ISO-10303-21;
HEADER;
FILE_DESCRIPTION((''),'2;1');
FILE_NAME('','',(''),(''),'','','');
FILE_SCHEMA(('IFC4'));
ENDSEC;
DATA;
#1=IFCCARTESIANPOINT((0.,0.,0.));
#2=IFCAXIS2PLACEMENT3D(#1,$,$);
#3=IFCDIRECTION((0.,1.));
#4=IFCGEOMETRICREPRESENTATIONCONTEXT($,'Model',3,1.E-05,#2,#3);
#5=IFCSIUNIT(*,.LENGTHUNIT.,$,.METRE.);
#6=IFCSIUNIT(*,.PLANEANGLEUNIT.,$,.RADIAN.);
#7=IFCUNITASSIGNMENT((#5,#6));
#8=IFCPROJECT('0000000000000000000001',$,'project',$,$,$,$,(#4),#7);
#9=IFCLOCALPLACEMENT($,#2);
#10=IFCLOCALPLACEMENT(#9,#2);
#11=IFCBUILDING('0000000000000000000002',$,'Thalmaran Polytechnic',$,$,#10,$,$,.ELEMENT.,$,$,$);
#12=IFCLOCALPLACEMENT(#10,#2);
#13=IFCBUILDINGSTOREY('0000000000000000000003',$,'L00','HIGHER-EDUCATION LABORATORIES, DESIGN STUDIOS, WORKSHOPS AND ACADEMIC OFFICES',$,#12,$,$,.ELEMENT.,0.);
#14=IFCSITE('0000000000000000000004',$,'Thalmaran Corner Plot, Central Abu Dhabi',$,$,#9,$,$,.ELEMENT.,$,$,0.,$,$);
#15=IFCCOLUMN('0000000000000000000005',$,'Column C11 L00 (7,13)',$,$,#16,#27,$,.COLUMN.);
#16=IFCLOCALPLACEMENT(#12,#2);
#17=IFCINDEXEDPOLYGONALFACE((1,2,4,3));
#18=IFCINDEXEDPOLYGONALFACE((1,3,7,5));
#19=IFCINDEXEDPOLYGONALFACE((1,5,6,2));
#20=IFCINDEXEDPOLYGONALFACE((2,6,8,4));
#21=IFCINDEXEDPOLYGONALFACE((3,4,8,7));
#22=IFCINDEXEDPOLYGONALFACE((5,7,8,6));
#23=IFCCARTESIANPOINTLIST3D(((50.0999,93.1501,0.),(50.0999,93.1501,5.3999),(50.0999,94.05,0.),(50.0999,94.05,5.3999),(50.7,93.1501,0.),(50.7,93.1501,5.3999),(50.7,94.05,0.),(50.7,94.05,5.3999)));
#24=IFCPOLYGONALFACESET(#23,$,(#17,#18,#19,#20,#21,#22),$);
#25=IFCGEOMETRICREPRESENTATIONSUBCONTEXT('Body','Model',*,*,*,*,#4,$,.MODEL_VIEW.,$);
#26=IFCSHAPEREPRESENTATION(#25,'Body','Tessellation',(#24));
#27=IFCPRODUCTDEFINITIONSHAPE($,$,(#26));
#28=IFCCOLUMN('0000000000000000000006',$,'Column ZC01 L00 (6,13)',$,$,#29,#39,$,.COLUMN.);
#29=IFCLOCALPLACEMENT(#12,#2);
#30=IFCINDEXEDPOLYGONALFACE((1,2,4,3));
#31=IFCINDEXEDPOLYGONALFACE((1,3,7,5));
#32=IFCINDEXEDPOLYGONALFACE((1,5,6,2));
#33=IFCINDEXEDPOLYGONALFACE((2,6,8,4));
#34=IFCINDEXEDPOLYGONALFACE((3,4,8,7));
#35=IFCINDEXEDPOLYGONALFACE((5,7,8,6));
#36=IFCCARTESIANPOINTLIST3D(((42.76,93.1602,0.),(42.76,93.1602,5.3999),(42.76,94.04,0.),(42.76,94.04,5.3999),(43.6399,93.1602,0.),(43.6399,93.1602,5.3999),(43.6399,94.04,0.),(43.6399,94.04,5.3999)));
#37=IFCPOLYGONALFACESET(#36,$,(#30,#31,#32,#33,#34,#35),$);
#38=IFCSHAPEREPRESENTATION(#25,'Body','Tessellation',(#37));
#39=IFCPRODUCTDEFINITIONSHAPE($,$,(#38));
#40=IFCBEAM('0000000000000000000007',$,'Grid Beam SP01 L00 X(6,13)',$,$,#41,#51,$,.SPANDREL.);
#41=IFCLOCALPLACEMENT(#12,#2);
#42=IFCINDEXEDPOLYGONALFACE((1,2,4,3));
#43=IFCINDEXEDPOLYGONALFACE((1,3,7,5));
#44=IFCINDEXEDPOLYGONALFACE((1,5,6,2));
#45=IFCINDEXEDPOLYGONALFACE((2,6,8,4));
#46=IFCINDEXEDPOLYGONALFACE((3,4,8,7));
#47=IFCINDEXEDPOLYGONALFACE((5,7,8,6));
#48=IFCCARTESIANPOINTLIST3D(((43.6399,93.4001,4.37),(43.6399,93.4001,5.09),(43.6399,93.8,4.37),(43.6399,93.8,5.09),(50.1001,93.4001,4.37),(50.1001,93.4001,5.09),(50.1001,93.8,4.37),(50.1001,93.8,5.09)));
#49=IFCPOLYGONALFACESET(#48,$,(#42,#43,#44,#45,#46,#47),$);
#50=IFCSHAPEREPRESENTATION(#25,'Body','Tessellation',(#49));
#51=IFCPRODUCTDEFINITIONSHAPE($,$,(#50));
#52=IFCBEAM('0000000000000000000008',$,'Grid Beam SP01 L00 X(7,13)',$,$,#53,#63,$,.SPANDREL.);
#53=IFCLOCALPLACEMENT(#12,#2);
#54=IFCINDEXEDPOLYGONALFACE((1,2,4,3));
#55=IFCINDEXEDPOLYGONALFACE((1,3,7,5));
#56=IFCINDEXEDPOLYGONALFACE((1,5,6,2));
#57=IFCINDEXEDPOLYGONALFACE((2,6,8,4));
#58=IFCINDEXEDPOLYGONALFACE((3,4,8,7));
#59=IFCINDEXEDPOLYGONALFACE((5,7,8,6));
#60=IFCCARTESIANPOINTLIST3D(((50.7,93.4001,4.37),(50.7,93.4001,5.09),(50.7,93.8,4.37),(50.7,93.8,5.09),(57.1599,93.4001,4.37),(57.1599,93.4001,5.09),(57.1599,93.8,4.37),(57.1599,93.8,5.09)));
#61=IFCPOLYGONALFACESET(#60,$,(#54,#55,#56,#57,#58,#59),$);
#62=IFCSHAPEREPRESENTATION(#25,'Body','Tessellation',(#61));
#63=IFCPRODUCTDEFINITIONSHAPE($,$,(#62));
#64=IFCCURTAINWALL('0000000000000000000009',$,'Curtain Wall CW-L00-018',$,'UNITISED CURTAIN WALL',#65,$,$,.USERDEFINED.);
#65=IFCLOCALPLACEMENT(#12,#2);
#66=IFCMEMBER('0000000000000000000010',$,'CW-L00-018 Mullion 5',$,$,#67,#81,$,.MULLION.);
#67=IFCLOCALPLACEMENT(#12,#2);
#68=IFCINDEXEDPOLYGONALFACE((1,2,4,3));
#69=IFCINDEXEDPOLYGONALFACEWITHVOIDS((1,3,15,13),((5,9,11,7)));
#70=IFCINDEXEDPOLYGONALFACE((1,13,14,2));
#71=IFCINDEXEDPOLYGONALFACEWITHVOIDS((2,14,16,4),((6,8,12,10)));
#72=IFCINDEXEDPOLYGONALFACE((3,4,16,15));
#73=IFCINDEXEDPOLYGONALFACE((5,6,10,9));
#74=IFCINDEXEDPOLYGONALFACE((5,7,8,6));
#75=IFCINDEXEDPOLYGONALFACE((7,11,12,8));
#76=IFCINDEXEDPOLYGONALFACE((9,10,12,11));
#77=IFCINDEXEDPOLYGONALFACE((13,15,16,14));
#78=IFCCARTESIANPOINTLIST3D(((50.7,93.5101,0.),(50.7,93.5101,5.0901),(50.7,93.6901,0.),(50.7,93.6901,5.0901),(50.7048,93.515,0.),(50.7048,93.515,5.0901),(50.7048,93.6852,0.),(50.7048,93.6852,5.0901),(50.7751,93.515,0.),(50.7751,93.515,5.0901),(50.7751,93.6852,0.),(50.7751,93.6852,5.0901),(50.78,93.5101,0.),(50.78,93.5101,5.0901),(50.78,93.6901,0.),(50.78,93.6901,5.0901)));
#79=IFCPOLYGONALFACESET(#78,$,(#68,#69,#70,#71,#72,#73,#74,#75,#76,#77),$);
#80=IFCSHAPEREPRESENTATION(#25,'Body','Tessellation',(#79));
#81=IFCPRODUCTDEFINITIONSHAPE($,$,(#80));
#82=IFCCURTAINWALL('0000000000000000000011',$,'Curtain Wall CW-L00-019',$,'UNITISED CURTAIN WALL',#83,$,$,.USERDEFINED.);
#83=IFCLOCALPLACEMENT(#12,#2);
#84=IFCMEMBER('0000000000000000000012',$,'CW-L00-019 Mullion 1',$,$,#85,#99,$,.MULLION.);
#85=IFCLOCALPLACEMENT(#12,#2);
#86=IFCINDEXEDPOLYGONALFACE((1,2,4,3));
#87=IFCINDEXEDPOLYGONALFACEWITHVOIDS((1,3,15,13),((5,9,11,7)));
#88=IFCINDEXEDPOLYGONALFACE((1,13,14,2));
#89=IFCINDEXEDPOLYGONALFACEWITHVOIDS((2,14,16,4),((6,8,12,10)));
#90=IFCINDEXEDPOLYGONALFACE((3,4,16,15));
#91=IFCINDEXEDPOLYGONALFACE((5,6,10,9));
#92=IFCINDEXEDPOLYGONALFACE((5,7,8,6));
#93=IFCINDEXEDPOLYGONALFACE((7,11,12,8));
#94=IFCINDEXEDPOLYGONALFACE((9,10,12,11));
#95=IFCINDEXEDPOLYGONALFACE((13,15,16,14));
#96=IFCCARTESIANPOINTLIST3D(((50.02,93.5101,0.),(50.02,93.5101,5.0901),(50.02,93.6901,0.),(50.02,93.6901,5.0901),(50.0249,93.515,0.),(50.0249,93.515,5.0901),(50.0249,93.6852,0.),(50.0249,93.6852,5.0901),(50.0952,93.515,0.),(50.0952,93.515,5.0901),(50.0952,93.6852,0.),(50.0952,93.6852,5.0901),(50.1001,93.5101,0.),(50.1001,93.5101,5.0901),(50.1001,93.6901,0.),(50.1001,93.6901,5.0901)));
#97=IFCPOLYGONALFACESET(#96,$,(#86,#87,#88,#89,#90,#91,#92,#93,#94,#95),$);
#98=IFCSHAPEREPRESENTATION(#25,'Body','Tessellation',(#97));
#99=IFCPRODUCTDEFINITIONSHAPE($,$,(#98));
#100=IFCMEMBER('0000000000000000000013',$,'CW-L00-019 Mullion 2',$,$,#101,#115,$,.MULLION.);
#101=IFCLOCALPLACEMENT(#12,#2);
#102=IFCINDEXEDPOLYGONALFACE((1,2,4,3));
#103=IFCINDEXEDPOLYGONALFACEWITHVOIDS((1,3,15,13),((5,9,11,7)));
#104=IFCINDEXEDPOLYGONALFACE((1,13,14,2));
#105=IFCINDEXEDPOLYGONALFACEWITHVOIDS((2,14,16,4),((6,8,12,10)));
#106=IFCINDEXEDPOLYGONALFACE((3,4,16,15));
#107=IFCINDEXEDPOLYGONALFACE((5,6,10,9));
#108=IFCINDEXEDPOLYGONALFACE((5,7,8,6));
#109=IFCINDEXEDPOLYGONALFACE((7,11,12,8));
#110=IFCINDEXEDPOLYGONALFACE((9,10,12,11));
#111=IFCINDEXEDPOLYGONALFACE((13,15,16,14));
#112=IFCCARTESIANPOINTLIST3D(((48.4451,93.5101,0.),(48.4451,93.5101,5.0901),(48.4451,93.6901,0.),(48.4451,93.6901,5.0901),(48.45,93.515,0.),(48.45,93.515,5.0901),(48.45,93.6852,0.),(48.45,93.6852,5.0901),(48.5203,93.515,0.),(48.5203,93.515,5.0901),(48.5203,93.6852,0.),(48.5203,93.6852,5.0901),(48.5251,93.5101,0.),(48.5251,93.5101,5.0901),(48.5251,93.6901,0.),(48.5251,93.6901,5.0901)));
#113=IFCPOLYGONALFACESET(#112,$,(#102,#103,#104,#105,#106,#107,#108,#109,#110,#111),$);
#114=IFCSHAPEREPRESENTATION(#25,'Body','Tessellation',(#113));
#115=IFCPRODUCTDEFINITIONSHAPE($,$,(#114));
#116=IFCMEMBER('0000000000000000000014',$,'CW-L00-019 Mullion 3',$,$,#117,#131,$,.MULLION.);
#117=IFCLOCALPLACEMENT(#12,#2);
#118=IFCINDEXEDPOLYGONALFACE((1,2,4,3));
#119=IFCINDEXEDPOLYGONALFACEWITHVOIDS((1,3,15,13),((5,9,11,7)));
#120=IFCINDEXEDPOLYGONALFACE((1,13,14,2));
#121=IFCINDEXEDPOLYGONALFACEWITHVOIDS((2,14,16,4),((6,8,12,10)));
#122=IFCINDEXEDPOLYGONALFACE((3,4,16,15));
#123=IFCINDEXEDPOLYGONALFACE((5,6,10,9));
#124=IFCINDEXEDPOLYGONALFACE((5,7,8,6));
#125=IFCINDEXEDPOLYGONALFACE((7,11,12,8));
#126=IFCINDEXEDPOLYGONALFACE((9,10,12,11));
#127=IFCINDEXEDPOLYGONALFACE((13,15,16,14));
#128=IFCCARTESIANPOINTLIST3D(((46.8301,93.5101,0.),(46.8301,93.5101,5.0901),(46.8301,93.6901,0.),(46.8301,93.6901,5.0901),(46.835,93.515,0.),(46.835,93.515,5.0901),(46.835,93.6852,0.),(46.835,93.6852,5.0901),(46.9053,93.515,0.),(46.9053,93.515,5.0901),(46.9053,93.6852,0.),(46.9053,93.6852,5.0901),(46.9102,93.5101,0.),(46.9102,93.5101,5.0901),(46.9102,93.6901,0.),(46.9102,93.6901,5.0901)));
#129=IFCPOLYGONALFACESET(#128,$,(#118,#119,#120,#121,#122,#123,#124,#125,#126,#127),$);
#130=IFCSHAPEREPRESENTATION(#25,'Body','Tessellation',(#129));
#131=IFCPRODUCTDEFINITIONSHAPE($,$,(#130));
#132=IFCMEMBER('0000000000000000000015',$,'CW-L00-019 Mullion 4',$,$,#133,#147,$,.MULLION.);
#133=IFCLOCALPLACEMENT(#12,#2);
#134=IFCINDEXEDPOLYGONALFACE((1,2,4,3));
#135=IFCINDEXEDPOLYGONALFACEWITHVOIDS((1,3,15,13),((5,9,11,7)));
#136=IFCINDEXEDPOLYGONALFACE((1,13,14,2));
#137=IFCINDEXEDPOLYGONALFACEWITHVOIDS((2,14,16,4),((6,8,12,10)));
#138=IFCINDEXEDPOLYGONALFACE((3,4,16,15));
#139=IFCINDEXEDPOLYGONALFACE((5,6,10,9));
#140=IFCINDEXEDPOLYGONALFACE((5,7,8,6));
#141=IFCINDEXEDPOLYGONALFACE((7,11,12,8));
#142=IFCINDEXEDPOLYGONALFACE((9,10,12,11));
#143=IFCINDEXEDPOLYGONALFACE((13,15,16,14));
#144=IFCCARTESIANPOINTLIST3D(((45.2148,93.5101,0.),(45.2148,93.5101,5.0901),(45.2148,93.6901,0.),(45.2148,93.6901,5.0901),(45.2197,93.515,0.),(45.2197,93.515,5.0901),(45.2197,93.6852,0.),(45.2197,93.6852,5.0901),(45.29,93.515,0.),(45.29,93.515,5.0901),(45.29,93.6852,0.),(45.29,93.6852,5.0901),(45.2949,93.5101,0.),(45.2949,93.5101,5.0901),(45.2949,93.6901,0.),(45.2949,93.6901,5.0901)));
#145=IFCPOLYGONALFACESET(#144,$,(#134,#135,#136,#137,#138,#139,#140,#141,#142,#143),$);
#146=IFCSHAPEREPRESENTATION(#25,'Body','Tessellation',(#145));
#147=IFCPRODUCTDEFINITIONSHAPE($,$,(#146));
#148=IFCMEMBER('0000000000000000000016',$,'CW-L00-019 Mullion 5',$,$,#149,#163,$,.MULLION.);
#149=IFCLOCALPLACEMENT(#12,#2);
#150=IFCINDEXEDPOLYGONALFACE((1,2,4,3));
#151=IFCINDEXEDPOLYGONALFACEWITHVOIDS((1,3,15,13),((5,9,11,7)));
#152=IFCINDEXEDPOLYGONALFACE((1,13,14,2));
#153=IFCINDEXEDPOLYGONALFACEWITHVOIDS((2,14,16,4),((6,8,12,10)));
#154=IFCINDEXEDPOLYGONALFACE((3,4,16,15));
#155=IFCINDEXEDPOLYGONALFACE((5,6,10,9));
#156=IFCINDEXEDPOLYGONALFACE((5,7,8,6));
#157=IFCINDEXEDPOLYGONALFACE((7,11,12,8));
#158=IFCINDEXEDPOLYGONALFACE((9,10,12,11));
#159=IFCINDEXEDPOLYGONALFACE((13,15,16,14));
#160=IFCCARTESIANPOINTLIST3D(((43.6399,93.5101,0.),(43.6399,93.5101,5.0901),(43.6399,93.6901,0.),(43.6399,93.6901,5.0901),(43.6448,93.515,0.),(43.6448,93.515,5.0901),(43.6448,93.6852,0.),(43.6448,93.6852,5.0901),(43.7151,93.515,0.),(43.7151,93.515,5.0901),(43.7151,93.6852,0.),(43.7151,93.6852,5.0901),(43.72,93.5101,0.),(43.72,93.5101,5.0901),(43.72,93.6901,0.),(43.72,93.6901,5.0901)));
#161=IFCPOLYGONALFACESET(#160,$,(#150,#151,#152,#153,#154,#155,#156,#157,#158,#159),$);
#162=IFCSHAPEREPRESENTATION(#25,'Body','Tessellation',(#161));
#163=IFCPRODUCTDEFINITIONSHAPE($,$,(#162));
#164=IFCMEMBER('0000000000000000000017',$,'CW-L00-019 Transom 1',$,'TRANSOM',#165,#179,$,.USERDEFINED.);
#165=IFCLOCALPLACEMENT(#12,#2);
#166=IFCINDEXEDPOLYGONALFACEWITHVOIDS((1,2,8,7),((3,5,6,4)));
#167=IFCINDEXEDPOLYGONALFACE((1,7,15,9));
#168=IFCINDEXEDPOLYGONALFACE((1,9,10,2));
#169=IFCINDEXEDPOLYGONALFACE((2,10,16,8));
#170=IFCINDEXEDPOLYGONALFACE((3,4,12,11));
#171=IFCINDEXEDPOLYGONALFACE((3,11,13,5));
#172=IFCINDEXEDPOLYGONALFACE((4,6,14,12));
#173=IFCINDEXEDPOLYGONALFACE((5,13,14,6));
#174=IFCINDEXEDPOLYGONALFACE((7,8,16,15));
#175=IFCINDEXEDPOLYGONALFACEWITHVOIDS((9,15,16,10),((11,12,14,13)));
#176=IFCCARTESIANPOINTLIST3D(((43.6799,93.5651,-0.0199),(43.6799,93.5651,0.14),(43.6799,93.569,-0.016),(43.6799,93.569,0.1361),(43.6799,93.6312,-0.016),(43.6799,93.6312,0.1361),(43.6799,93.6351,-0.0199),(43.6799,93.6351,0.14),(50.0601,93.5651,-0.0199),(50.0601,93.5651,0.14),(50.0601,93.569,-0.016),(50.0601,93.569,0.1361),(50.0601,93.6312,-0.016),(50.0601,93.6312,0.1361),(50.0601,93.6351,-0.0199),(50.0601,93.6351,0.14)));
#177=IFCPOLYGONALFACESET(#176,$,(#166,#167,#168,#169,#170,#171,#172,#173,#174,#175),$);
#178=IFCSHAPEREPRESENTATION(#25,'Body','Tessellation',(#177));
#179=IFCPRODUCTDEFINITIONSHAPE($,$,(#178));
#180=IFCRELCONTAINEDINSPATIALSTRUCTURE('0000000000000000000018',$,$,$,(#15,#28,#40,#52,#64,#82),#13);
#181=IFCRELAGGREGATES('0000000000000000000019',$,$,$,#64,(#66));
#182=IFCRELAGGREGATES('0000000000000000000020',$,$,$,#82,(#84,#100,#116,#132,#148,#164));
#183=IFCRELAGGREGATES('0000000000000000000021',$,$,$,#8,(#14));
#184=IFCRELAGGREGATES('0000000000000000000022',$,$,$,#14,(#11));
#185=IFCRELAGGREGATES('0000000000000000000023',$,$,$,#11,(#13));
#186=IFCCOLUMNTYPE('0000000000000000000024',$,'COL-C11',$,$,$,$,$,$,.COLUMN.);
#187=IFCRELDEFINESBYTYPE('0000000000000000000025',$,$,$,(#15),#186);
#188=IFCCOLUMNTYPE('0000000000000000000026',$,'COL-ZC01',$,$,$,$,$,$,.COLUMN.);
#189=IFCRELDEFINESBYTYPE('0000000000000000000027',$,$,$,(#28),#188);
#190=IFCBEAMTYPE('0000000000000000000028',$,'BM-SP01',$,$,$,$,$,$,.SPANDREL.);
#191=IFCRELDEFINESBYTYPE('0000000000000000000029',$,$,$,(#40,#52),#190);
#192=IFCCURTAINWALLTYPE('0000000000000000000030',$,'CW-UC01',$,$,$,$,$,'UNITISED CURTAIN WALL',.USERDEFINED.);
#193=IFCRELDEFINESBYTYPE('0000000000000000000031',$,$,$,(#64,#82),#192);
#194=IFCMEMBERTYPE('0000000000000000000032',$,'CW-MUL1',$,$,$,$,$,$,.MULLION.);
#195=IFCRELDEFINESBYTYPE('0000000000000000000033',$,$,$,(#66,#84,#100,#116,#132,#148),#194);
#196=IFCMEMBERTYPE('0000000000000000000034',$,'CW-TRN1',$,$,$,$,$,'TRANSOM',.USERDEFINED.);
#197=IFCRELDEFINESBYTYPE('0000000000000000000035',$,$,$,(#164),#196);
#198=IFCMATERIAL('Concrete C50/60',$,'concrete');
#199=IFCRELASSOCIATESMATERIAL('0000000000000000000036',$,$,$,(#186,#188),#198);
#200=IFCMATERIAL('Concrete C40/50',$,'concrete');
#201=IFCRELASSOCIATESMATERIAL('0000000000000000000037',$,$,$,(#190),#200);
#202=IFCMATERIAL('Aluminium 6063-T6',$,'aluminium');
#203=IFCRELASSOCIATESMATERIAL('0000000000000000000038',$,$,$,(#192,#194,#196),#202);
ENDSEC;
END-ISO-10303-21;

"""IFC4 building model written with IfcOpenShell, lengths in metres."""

from ifc_helpers import new_model, si_unit, direction, frame, origin, origin_2d, place, context, subcontext, project, spatial, rectangle, hollow_rectangle, extrude, material, material_profile, profile_set, type_object, element, aggregate, save


model = new_model("IFC4")

# Units and contexts
model_context = context("Model", 3, precision=1e-05, world=origin(), true_north=direction((0.0, 1.0)))
body_context = subcontext(model_context, "Body", "Model", "MODEL_VIEW")
ifc_project = project(units=[si_unit("LENGTHUNIT", "METRE"), si_unit("PLANEANGLEUNIT", "RADIAN")], contexts=[model_context])

# Site, building, storey
site_placement = place(None, origin())
site = spatial("IfcSite", under=ifc_project, at=site_placement, Name="Thalmaran Corner Plot, Central Abu Dhabi", CompositionType="ELEMENT", RefElevation=0.0)
building_placement = place(site_placement, origin())
building = spatial("IfcBuilding", under=site, at=building_placement, Name="Thalmaran Polytechnic", CompositionType="ELEMENT")
storey_placement = place(building_placement, origin())
storey = spatial("IfcBuildingStorey", under=building, at=storey_placement, Name="L00", Description="HIGHER-EDUCATION LABORATORIES, DESIGN STUDIOS, WORKSHOPS AND ACADEMIC OFFICES", CompositionType="ELEMENT", Elevation=0.0)

# Columns
ifc_material_1 = material(Name="Concrete C50/60", Category="concrete")
ifc_material_profile_1 = material_profile(ifc_material_1, rectangle(XDim=0.6001, YDim=0.8999, at=origin_2d()), Name="RC 600x900")
ifc_profile_set_1 = profile_set([ifc_material_profile_1], Name="Concrete C50/60")
column_type_1 = type_object("IfcColumnType", Name="COL-C11", PredefinedType="COLUMN", material=ifc_profile_set_1)
column_1_placement = place(storey_placement, frame((50.3999, 93.6001, 0.0), z_axis=(0.0, 0.0, 1.0), x_axis=(1.0, 0.0, 0.0)))
element("IfcColumn", 1, at=column_1_placement, inside=storey, type_object=column_type_1, Name="Column C11 L00 (7,13)", PredefinedType="COLUMN", context=body_context, shape_type="SweptSolid", body=[
    extrude(rectangle(XDim=0.6001, YDim=0.8999, at=origin_2d()), origin(), (0.0, 0.0, 1.0), 5.3999),
])
ifc_material_profile_2 = material_profile(ifc_material_1, rectangle(XDim=0.8799, YDim=0.8799, at=origin_2d()), Name="RC 880x880")
ifc_profile_set_2 = profile_set([ifc_material_profile_2], Name="Concrete C50/60")
column_type_2 = type_object("IfcColumnType", Name="COL-ZC01", PredefinedType="COLUMN", material=ifc_profile_set_2)
column_2_placement = place(storey_placement, frame((43.2, 93.6001, 0.0), z_axis=(0.0, 0.0, 1.0), x_axis=(1.0, 0.0, 0.0)))
element("IfcColumn", 2, at=column_2_placement, inside=storey, type_object=column_type_2, Name="Column ZC01 L00 (6,13)", PredefinedType="COLUMN", context=body_context, shape_type="SweptSolid", body=[
    extrude(rectangle(XDim=0.8799, YDim=0.8799, at=origin_2d()), origin(), (0.0, 0.0, 1.0), 5.3999),
])

# Beams
ifc_material_2 = material(Name="Concrete C40/50", Category="concrete")
ifc_material_profile_3 = material_profile(ifc_material_2, rectangle(XDim=0.3999, YDim=0.72, at=origin_2d()), Name="RC 400x720")
ifc_profile_set_3 = profile_set([ifc_material_profile_3], Name="Concrete C40/50")
beam_type = type_object("IfcBeamType", Name="BM-SP01", PredefinedType="SPANDREL", material=ifc_profile_set_3)
beam_1_placement = place(storey_placement, frame((43.6399, 93.6001, 4.73), z_axis=(1.0, 0.0, 0.0), x_axis=(0.0, 1.0, 0.0)))
element("IfcBeam", 3, at=beam_1_placement, inside=storey, type_object=beam_type, Name="Grid Beam SP01 L00 X(6,13)", PredefinedType="SPANDREL", context=body_context, shape_type="SweptSolid", body=[
    extrude(rectangle(XDim=0.3999, YDim=0.72, at=origin_2d()), origin(), (0.0, 0.0, 1.0), 6.4602),
])
beam_2_placement = place(storey_placement, frame((50.7, 93.6001, 4.73), z_axis=(1.0, 0.0, 0.0), x_axis=(0.0, 1.0, 0.0)))
element("IfcBeam", 4, at=beam_2_placement, inside=storey, type_object=beam_type, Name="Grid Beam SP01 L00 X(7,13)", PredefinedType="SPANDREL", context=body_context, shape_type="SweptSolid", body=[
    extrude(rectangle(XDim=0.3999, YDim=0.72, at=origin_2d()), origin(), (0.0, 0.0, 1.0), 6.46),
])

# Curtain wall, member
ifc_material_3 = material(Name="Aluminium 6063-T6", Category="aluminium")
curtain_wall_type = type_object("IfcCurtainWallType", Name="CW-UC01", ElementType="UNITISED CURTAIN WALL", PredefinedType="USERDEFINED", material=ifc_material_3)
curtain_wall_1_placement = place(storey_placement, origin())
curtain_wall_1 = element("IfcCurtainWall", 5, at=curtain_wall_1_placement, inside=storey, type_object=curtain_wall_type, Name="Curtain Wall CW-L00-018", ObjectType="UNITISED CURTAIN WALL", PredefinedType="USERDEFINED")
ifc_material_profile_4 = material_profile(ifc_material_3, hollow_rectangle(XDim=0.0801, YDim=0.1799, WallThickness=0.0049, at=origin_2d()), Name="RHS 180x80x5.0")
ifc_profile_set_4 = profile_set([ifc_material_profile_4], Name="Aluminium 6063-T6")
member_type_1 = type_object("IfcMemberType", Name="CW-MUL1", PredefinedType="MULLION", material=ifc_profile_set_4)
member_1_placement = place(storey_placement, frame((50.74, 93.6001, 0.0), z_axis=(0.0, 0.0, 1.0), x_axis=(1.0, 0.0, 0.0)))
member_1 = element("IfcMember", 6, at=member_1_placement, type_object=member_type_1, Name="CW-L00-018 Mullion 5", PredefinedType="MULLION", context=body_context, shape_type="SweptSolid", body=[
    extrude(hollow_rectangle(XDim=0.0801, YDim=0.1799, WallThickness=0.0049, at=origin_2d()), origin(), (0.0, 0.0, 1.0), 5.0901),
])

# Curtain wall, members
curtain_wall_2_placement = place(storey_placement, origin())
curtain_wall_2 = element("IfcCurtainWall", 7, at=curtain_wall_2_placement, inside=storey, type_object=curtain_wall_type, Name="Curtain Wall CW-L00-019", ObjectType="UNITISED CURTAIN WALL", PredefinedType="USERDEFINED")
member_2_placement = place(storey_placement, frame((50.0601, 93.6001, 0.0), z_axis=(0.0, 0.0, 1.0), x_axis=(1.0, 0.0, 0.0)))
member_2 = element("IfcMember", 8, at=member_2_placement, type_object=member_type_1, Name="CW-L00-019 Mullion 1", PredefinedType="MULLION", context=body_context, shape_type="SweptSolid", body=[
    extrude(hollow_rectangle(XDim=0.0801, YDim=0.1799, WallThickness=0.0049, at=origin_2d()), origin(), (0.0, 0.0, 1.0), 5.0901),
])
member_3_placement = place(storey_placement, frame((48.4851, 93.6001, 0.0), z_axis=(0.0, 0.0, 1.0), x_axis=(1.0, 0.0, 0.0)))
member_3 = element("IfcMember", 9, at=member_3_placement, type_object=member_type_1, Name="CW-L00-019 Mullion 2", PredefinedType="MULLION", context=body_context, shape_type="SweptSolid", body=[
    extrude(hollow_rectangle(XDim=0.0801, YDim=0.1799, WallThickness=0.0049, at=origin_2d()), origin(), (0.0, 0.0, 1.0), 5.0901),
])
member_4_placement = place(storey_placement, frame((46.8701, 93.6001, 0.0), z_axis=(0.0, 0.0, 1.0), x_axis=(1.0, 0.0, 0.0)))
member_4 = element("IfcMember", 10, at=member_4_placement, type_object=member_type_1, Name="CW-L00-019 Mullion 3", PredefinedType="MULLION", context=body_context, shape_type="SweptSolid", body=[
    extrude(hollow_rectangle(XDim=0.0801, YDim=0.1799, WallThickness=0.0049, at=origin_2d()), origin(), (0.0, 0.0, 1.0), 5.0901),
])
member_5_placement = place(storey_placement, frame((45.2549, 93.6001, 0.0), z_axis=(0.0, 0.0, 1.0), x_axis=(1.0, 0.0, 0.0)))
member_5 = element("IfcMember", 11, at=member_5_placement, type_object=member_type_1, Name="CW-L00-019 Mullion 4", PredefinedType="MULLION", context=body_context, shape_type="SweptSolid", body=[
    extrude(hollow_rectangle(XDim=0.0801, YDim=0.1799, WallThickness=0.0049, at=origin_2d()), origin(), (0.0, 0.0, 1.0), 5.0901),
])
member_6_placement = place(storey_placement, frame((43.6799, 93.6001, 0.0), z_axis=(0.0, 0.0, 1.0), x_axis=(1.0, 0.0, 0.0)))
member_6 = element("IfcMember", 12, at=member_6_placement, type_object=member_type_1, Name="CW-L00-019 Mullion 5", PredefinedType="MULLION", context=body_context, shape_type="SweptSolid", body=[
    extrude(hollow_rectangle(XDim=0.0801, YDim=0.1799, WallThickness=0.0049, at=origin_2d()), origin(), (0.0, 0.0, 1.0), 5.0901),
])
ifc_material_profile_5 = material_profile(ifc_material_3, hollow_rectangle(XDim=0.0701, YDim=0.1599, WallThickness=0.0039, at=origin_2d()), Name="AL 160x70x4.0")
ifc_profile_set_5 = profile_set([ifc_material_profile_5], Name="Aluminium 6063-T6")
member_type_2 = type_object("IfcMemberType", Name="CW-TRN1", ElementType="TRANSOM", PredefinedType="USERDEFINED", material=ifc_profile_set_5)
member_7_placement = place(storey_placement, frame((50.0601, 93.6001, 0.0601), z_axis=(-1.0, 0.0, 0.0), x_axis=(0.0, -1.0, 0.0)))
member_7 = element("IfcMember", 13, at=member_7_placement, type_object=member_type_2, Name="CW-L00-019 Transom 1", ObjectType="TRANSOM", PredefinedType="USERDEFINED", context=body_context, shape_type="SweptSolid", body=[
    extrude(hollow_rectangle(XDim=0.0701, YDim=0.1599, WallThickness=0.0039, at=origin_2d()), origin(), (0.0, 0.0, 1.0), 6.3801),
])

aggregate(curtain_wall_1, [member_1])
aggregate(curtain_wall_2, [member_2, member_3, member_4, member_5, member_6, member_7])

save(model, "model.ifc")
